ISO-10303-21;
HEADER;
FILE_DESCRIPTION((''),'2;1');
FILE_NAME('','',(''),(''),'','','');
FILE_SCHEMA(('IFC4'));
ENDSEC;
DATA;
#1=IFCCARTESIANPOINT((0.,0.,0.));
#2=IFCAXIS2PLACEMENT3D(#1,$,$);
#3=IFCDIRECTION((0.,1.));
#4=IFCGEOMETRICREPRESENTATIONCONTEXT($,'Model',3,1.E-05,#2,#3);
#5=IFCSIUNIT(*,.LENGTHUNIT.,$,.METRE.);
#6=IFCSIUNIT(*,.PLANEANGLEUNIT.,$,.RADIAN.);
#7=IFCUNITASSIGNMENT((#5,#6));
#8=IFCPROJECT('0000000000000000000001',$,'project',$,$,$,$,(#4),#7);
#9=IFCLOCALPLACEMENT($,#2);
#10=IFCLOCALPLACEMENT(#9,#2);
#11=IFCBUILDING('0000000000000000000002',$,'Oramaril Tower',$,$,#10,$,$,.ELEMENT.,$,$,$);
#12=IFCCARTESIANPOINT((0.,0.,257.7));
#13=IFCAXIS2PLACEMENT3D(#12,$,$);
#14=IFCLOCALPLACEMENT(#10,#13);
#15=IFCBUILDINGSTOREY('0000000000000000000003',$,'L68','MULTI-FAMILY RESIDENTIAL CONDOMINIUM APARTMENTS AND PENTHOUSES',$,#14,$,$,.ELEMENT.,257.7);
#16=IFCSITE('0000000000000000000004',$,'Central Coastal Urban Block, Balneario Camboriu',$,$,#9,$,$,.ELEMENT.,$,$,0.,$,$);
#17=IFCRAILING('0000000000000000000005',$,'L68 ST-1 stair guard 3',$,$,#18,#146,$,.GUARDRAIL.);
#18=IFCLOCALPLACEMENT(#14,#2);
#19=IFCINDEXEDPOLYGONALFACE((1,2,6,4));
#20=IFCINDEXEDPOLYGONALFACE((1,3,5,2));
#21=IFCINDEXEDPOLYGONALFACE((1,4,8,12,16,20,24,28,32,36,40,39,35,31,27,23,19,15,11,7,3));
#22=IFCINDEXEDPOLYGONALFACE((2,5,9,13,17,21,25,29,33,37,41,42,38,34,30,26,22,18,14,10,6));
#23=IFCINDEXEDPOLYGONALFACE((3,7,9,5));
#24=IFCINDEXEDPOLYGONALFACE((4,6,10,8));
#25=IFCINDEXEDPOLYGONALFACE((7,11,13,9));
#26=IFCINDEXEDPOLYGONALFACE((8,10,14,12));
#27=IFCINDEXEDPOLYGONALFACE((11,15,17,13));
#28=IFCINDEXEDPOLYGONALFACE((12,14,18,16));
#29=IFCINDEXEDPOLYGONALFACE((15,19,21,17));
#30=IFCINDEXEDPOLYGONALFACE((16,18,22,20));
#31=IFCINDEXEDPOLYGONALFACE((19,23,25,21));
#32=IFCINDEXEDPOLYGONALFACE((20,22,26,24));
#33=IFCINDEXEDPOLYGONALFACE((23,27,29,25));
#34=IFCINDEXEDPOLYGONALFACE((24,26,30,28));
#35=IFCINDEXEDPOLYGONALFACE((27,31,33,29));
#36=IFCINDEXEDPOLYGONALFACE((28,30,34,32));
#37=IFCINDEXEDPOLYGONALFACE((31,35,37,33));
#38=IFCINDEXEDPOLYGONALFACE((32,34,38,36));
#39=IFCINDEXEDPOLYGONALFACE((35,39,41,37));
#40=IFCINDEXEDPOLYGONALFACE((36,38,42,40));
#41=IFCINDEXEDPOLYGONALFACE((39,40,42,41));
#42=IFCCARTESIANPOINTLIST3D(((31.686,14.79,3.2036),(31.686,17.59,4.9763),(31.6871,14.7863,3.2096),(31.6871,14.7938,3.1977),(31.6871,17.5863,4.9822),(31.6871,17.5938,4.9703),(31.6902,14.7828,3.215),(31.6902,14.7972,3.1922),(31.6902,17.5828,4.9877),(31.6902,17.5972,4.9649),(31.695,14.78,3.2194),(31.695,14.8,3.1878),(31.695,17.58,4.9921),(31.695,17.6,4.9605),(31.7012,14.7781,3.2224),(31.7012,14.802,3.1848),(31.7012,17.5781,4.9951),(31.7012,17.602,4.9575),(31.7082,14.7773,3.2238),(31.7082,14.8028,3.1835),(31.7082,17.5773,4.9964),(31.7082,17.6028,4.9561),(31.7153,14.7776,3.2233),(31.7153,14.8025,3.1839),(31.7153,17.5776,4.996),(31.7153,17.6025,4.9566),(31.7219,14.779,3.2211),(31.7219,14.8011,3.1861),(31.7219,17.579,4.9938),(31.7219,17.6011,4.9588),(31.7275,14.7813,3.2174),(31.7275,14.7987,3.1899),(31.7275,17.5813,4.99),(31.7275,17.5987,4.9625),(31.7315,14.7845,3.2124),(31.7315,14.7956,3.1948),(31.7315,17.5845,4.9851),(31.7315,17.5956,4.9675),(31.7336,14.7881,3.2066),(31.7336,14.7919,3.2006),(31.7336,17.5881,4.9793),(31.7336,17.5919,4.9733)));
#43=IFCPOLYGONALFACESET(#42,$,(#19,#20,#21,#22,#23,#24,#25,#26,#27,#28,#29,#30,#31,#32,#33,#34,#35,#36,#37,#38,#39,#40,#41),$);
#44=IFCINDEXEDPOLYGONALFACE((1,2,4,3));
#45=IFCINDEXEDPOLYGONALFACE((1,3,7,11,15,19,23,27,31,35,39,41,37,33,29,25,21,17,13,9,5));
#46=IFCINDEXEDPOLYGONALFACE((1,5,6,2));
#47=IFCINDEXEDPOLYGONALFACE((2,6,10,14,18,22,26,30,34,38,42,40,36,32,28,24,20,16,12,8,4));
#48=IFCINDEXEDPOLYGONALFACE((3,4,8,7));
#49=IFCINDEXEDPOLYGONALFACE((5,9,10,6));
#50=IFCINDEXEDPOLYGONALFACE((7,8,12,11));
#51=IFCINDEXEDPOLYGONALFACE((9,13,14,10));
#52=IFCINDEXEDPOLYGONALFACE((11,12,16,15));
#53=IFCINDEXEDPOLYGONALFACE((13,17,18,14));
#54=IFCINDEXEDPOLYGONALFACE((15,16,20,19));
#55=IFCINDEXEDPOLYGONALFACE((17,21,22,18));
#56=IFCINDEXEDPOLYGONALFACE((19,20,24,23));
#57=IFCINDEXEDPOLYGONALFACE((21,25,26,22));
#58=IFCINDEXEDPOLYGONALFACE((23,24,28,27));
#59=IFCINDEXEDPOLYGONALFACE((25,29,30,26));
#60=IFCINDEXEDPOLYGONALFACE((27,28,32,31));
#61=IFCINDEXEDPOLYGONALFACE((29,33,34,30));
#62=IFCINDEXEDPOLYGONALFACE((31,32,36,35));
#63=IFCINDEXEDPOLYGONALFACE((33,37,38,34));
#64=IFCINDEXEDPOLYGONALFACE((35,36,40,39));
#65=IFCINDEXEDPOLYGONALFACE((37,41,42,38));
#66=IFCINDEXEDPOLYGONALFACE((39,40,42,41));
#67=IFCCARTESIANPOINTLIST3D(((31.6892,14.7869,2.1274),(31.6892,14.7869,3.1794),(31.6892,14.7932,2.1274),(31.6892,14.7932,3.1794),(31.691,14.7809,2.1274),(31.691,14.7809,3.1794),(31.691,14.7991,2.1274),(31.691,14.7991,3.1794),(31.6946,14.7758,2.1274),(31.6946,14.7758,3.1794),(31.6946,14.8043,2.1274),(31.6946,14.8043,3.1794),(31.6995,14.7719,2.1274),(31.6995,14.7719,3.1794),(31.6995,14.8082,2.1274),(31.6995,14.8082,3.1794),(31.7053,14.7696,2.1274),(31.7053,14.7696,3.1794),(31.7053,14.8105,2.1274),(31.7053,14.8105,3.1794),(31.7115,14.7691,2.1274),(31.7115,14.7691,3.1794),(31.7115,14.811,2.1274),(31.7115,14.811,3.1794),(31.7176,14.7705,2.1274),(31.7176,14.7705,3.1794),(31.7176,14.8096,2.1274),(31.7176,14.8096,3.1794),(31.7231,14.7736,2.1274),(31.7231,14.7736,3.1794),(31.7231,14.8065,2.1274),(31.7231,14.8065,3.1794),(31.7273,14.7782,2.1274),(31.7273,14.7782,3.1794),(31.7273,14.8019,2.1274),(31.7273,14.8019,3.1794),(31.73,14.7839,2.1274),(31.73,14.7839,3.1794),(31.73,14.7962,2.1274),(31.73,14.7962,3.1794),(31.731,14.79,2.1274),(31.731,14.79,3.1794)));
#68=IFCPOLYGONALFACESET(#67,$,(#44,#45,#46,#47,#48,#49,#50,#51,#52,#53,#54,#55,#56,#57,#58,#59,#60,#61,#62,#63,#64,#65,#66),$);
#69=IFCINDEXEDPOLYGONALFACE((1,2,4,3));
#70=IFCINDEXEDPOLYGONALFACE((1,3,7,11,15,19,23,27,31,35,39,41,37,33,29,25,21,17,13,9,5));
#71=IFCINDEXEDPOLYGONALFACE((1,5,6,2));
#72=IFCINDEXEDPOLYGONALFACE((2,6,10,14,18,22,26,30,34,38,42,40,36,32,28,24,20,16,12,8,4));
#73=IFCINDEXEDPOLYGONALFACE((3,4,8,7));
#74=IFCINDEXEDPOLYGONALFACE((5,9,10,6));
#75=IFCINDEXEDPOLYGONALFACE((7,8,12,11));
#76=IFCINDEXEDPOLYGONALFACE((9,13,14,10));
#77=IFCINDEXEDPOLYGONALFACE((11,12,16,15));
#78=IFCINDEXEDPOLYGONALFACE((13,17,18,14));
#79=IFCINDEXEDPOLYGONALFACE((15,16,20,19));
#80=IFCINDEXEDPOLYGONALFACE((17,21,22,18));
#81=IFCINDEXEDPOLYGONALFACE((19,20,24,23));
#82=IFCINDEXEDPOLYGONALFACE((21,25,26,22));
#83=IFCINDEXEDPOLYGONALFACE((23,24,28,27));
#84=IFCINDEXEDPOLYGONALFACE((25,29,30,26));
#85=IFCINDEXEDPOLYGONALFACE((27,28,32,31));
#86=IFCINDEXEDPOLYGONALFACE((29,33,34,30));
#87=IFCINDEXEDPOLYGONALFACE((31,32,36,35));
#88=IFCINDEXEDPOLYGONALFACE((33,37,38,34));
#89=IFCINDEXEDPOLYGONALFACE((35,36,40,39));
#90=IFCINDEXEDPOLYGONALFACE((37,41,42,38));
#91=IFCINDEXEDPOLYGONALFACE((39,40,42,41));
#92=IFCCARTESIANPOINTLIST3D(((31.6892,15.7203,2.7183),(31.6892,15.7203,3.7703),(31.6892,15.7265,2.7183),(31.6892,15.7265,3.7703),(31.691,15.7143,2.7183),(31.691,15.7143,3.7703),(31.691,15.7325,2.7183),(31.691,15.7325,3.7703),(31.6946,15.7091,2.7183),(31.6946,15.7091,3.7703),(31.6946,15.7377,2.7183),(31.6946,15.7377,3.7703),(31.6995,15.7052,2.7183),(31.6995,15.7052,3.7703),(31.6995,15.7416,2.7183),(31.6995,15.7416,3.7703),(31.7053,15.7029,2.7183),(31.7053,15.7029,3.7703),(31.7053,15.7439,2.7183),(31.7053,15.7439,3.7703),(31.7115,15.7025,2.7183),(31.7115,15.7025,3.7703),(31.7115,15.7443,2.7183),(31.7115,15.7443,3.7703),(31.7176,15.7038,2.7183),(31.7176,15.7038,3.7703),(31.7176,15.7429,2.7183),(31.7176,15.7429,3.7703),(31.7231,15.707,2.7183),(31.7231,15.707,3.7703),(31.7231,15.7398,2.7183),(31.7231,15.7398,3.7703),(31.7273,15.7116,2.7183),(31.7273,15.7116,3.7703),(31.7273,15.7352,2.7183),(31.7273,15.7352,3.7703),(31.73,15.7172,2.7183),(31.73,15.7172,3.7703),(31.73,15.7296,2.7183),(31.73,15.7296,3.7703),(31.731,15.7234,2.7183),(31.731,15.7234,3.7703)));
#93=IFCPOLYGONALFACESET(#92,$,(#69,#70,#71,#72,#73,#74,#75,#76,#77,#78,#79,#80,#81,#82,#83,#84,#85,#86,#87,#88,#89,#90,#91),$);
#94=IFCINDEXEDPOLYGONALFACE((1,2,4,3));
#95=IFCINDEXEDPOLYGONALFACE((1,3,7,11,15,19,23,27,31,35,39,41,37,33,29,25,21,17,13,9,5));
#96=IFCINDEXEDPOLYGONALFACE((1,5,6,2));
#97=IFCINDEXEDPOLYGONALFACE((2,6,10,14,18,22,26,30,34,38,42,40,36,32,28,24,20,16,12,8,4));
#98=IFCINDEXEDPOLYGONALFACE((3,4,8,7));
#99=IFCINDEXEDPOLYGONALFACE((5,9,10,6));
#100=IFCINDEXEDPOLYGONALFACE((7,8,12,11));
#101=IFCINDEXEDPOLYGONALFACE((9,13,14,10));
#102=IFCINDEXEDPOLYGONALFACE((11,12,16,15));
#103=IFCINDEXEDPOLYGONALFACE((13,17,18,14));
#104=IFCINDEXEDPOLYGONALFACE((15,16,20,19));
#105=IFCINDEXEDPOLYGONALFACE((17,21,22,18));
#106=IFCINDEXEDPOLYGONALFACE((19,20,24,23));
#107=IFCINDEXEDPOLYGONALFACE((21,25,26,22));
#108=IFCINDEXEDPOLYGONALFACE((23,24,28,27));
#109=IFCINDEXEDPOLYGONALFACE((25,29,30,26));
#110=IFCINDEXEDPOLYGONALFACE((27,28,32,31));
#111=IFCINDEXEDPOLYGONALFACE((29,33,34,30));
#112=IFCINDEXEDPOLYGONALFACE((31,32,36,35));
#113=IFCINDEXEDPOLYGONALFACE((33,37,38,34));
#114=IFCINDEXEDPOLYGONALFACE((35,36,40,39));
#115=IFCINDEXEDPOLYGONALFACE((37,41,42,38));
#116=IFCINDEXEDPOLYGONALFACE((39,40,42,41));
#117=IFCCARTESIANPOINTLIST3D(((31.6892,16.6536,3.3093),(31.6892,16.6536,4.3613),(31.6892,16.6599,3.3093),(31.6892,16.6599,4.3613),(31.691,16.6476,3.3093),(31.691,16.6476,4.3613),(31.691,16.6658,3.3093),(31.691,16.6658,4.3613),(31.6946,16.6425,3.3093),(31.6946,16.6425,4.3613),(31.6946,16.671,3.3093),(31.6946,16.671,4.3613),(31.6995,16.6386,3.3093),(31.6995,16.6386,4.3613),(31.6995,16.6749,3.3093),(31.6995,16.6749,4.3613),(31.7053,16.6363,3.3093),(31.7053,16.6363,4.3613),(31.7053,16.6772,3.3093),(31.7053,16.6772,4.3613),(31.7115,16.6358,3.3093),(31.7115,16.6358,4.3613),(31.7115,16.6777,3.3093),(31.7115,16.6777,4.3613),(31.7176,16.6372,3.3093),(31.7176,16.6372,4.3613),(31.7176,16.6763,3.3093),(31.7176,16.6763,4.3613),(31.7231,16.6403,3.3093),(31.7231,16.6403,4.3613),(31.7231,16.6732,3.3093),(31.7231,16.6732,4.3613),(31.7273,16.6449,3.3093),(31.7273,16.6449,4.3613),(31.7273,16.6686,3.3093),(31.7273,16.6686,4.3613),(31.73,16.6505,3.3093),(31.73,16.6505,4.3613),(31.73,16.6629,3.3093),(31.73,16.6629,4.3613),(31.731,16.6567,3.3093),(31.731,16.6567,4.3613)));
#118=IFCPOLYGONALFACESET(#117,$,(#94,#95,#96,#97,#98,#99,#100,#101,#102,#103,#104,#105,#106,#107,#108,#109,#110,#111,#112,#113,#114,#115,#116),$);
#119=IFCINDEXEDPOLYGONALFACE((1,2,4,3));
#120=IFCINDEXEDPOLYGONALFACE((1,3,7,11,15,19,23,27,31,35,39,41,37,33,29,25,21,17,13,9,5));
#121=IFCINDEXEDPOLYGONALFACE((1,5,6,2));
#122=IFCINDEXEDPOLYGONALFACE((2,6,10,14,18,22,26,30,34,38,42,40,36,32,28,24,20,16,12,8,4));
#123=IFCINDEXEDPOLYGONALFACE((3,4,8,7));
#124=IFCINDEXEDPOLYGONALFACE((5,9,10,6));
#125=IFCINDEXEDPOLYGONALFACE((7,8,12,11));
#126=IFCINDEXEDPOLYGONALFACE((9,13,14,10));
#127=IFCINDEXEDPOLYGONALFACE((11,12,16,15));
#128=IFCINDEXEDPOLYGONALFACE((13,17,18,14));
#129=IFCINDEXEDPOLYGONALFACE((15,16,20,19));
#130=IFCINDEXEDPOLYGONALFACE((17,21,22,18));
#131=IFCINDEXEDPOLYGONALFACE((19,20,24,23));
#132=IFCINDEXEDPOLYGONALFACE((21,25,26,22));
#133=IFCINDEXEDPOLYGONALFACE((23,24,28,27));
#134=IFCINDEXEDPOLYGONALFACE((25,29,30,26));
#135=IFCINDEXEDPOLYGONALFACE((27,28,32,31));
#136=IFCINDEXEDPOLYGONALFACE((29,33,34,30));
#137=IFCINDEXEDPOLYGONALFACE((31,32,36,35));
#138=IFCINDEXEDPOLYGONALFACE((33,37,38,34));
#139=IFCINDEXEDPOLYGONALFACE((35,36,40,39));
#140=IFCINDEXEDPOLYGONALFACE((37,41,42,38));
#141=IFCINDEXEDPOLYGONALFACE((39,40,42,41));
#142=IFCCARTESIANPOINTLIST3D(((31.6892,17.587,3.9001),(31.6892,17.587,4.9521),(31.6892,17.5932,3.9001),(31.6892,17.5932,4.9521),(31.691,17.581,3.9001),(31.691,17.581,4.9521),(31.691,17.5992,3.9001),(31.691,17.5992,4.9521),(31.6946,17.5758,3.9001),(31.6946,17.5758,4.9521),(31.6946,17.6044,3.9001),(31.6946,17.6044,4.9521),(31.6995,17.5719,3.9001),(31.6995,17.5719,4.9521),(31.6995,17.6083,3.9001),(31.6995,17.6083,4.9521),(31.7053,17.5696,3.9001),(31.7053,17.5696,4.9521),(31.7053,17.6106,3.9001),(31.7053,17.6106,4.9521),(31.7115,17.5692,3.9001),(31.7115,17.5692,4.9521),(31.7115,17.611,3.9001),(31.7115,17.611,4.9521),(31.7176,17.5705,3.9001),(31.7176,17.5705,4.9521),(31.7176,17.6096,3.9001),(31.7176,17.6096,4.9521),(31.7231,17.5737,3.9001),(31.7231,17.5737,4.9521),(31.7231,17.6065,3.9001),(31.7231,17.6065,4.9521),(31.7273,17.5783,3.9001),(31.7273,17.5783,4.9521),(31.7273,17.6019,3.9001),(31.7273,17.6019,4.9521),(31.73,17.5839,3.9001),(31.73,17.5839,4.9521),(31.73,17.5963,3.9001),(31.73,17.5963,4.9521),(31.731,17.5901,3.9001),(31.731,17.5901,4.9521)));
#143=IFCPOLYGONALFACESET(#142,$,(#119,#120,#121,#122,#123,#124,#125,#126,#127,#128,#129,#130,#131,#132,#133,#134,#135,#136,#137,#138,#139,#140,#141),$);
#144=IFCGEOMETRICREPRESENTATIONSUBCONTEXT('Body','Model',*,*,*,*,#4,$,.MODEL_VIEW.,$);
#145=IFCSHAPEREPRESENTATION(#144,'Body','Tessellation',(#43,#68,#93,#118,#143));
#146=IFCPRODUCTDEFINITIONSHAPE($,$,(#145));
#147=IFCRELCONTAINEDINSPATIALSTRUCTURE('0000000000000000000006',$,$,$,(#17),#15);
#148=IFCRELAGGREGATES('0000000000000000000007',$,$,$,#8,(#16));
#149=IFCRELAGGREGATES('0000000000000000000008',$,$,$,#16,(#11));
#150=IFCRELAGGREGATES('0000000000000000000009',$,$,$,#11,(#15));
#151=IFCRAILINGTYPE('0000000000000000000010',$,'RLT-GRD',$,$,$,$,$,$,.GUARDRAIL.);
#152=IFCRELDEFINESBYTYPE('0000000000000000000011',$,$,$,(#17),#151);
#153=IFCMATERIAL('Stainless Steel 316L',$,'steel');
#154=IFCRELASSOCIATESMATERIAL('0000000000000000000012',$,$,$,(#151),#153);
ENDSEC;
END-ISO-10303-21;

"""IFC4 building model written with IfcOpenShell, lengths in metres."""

from ifc_helpers import new_model, si_unit, direction, frame, origin, origin_2d, place, context, subcontext, project, spatial, circle, extrude, material, type_object, element, save


model = new_model("IFC4")

# Units and contexts
model_context = context("Model", 3, precision=1e-05, world=origin(), true_north=direction((0.0, 1.0)))
body_context = subcontext(model_context, "Body", "Model", "MODEL_VIEW")
ifc_project = project(units=[si_unit("LENGTHUNIT", "METRE"), si_unit("PLANEANGLEUNIT", "RADIAN")], contexts=[model_context])

# Site, building, storey
site_placement = place(None, origin())
site = spatial("IfcSite", under=ifc_project, at=site_placement, Name="Central Coastal Urban Block, Balneario Camboriu", CompositionType="ELEMENT", RefElevation=0.0)
building_placement = place(site_placement, origin())
building = spatial("IfcBuilding", under=site, at=building_placement, Name="Oramaril Tower", CompositionType="ELEMENT")
storey_placement = place(building_placement, frame((0.0, 0.0, 257.7)))
storey = spatial("IfcBuildingStorey", under=building, at=storey_placement, Name="L68", Description="MULTI-FAMILY RESIDENTIAL CONDOMINIUM APARTMENTS AND PENTHOUSES", CompositionType="ELEMENT", Elevation=257.7)

# Railing
ifc_material_1 = material(Name="Stainless Steel 316L", Category="steel")
railing_type_1 = type_object("IfcRailingType", Name="RLT-GRD", PredefinedType="GUARDRAIL", material=ifc_material_1)
railing_1_placement = place(storey_placement, frame((31.71, 14.79, 2.1274)))
element("IfcRailing", 1, at=railing_1_placement, inside=storey, type_object=railing_type_1, Name="L68 ST-1 stair guard 3", PredefinedType="GUARDRAIL", context=body_context, shape_type="SweptSolid", body=[
    extrude(circle(Radius=0.0239, at=origin_2d()), frame((0.0, 0.0, 1.0762), z_axis=(0.0, 0.844909, 0.53491), x_axis=(-1.0, 0.0, 0.0)), (0.0, 0.0, 1.0), 3.314),
    extrude(circle(Radius=0.021, at=origin_2d()), origin(), (0.0, 0.0, 1.0), 1.052),
    extrude(circle(Radius=0.021, at=origin_2d()), frame((0.0, 0.9333, 0.5908)), (0.0, 0.0, 1.0), 1.052),
    extrude(circle(Radius=0.021, at=origin_2d()), frame((0.0, 1.8667, 1.1819)), (0.0, 0.0, 1.0), 1.052),
    extrude(circle(Radius=0.021, at=origin_2d()), frame((0.0, 2.8, 1.7727)), (0.0, 0.0, 1.0), 1.052),
])

save(model, "model.ifc")
